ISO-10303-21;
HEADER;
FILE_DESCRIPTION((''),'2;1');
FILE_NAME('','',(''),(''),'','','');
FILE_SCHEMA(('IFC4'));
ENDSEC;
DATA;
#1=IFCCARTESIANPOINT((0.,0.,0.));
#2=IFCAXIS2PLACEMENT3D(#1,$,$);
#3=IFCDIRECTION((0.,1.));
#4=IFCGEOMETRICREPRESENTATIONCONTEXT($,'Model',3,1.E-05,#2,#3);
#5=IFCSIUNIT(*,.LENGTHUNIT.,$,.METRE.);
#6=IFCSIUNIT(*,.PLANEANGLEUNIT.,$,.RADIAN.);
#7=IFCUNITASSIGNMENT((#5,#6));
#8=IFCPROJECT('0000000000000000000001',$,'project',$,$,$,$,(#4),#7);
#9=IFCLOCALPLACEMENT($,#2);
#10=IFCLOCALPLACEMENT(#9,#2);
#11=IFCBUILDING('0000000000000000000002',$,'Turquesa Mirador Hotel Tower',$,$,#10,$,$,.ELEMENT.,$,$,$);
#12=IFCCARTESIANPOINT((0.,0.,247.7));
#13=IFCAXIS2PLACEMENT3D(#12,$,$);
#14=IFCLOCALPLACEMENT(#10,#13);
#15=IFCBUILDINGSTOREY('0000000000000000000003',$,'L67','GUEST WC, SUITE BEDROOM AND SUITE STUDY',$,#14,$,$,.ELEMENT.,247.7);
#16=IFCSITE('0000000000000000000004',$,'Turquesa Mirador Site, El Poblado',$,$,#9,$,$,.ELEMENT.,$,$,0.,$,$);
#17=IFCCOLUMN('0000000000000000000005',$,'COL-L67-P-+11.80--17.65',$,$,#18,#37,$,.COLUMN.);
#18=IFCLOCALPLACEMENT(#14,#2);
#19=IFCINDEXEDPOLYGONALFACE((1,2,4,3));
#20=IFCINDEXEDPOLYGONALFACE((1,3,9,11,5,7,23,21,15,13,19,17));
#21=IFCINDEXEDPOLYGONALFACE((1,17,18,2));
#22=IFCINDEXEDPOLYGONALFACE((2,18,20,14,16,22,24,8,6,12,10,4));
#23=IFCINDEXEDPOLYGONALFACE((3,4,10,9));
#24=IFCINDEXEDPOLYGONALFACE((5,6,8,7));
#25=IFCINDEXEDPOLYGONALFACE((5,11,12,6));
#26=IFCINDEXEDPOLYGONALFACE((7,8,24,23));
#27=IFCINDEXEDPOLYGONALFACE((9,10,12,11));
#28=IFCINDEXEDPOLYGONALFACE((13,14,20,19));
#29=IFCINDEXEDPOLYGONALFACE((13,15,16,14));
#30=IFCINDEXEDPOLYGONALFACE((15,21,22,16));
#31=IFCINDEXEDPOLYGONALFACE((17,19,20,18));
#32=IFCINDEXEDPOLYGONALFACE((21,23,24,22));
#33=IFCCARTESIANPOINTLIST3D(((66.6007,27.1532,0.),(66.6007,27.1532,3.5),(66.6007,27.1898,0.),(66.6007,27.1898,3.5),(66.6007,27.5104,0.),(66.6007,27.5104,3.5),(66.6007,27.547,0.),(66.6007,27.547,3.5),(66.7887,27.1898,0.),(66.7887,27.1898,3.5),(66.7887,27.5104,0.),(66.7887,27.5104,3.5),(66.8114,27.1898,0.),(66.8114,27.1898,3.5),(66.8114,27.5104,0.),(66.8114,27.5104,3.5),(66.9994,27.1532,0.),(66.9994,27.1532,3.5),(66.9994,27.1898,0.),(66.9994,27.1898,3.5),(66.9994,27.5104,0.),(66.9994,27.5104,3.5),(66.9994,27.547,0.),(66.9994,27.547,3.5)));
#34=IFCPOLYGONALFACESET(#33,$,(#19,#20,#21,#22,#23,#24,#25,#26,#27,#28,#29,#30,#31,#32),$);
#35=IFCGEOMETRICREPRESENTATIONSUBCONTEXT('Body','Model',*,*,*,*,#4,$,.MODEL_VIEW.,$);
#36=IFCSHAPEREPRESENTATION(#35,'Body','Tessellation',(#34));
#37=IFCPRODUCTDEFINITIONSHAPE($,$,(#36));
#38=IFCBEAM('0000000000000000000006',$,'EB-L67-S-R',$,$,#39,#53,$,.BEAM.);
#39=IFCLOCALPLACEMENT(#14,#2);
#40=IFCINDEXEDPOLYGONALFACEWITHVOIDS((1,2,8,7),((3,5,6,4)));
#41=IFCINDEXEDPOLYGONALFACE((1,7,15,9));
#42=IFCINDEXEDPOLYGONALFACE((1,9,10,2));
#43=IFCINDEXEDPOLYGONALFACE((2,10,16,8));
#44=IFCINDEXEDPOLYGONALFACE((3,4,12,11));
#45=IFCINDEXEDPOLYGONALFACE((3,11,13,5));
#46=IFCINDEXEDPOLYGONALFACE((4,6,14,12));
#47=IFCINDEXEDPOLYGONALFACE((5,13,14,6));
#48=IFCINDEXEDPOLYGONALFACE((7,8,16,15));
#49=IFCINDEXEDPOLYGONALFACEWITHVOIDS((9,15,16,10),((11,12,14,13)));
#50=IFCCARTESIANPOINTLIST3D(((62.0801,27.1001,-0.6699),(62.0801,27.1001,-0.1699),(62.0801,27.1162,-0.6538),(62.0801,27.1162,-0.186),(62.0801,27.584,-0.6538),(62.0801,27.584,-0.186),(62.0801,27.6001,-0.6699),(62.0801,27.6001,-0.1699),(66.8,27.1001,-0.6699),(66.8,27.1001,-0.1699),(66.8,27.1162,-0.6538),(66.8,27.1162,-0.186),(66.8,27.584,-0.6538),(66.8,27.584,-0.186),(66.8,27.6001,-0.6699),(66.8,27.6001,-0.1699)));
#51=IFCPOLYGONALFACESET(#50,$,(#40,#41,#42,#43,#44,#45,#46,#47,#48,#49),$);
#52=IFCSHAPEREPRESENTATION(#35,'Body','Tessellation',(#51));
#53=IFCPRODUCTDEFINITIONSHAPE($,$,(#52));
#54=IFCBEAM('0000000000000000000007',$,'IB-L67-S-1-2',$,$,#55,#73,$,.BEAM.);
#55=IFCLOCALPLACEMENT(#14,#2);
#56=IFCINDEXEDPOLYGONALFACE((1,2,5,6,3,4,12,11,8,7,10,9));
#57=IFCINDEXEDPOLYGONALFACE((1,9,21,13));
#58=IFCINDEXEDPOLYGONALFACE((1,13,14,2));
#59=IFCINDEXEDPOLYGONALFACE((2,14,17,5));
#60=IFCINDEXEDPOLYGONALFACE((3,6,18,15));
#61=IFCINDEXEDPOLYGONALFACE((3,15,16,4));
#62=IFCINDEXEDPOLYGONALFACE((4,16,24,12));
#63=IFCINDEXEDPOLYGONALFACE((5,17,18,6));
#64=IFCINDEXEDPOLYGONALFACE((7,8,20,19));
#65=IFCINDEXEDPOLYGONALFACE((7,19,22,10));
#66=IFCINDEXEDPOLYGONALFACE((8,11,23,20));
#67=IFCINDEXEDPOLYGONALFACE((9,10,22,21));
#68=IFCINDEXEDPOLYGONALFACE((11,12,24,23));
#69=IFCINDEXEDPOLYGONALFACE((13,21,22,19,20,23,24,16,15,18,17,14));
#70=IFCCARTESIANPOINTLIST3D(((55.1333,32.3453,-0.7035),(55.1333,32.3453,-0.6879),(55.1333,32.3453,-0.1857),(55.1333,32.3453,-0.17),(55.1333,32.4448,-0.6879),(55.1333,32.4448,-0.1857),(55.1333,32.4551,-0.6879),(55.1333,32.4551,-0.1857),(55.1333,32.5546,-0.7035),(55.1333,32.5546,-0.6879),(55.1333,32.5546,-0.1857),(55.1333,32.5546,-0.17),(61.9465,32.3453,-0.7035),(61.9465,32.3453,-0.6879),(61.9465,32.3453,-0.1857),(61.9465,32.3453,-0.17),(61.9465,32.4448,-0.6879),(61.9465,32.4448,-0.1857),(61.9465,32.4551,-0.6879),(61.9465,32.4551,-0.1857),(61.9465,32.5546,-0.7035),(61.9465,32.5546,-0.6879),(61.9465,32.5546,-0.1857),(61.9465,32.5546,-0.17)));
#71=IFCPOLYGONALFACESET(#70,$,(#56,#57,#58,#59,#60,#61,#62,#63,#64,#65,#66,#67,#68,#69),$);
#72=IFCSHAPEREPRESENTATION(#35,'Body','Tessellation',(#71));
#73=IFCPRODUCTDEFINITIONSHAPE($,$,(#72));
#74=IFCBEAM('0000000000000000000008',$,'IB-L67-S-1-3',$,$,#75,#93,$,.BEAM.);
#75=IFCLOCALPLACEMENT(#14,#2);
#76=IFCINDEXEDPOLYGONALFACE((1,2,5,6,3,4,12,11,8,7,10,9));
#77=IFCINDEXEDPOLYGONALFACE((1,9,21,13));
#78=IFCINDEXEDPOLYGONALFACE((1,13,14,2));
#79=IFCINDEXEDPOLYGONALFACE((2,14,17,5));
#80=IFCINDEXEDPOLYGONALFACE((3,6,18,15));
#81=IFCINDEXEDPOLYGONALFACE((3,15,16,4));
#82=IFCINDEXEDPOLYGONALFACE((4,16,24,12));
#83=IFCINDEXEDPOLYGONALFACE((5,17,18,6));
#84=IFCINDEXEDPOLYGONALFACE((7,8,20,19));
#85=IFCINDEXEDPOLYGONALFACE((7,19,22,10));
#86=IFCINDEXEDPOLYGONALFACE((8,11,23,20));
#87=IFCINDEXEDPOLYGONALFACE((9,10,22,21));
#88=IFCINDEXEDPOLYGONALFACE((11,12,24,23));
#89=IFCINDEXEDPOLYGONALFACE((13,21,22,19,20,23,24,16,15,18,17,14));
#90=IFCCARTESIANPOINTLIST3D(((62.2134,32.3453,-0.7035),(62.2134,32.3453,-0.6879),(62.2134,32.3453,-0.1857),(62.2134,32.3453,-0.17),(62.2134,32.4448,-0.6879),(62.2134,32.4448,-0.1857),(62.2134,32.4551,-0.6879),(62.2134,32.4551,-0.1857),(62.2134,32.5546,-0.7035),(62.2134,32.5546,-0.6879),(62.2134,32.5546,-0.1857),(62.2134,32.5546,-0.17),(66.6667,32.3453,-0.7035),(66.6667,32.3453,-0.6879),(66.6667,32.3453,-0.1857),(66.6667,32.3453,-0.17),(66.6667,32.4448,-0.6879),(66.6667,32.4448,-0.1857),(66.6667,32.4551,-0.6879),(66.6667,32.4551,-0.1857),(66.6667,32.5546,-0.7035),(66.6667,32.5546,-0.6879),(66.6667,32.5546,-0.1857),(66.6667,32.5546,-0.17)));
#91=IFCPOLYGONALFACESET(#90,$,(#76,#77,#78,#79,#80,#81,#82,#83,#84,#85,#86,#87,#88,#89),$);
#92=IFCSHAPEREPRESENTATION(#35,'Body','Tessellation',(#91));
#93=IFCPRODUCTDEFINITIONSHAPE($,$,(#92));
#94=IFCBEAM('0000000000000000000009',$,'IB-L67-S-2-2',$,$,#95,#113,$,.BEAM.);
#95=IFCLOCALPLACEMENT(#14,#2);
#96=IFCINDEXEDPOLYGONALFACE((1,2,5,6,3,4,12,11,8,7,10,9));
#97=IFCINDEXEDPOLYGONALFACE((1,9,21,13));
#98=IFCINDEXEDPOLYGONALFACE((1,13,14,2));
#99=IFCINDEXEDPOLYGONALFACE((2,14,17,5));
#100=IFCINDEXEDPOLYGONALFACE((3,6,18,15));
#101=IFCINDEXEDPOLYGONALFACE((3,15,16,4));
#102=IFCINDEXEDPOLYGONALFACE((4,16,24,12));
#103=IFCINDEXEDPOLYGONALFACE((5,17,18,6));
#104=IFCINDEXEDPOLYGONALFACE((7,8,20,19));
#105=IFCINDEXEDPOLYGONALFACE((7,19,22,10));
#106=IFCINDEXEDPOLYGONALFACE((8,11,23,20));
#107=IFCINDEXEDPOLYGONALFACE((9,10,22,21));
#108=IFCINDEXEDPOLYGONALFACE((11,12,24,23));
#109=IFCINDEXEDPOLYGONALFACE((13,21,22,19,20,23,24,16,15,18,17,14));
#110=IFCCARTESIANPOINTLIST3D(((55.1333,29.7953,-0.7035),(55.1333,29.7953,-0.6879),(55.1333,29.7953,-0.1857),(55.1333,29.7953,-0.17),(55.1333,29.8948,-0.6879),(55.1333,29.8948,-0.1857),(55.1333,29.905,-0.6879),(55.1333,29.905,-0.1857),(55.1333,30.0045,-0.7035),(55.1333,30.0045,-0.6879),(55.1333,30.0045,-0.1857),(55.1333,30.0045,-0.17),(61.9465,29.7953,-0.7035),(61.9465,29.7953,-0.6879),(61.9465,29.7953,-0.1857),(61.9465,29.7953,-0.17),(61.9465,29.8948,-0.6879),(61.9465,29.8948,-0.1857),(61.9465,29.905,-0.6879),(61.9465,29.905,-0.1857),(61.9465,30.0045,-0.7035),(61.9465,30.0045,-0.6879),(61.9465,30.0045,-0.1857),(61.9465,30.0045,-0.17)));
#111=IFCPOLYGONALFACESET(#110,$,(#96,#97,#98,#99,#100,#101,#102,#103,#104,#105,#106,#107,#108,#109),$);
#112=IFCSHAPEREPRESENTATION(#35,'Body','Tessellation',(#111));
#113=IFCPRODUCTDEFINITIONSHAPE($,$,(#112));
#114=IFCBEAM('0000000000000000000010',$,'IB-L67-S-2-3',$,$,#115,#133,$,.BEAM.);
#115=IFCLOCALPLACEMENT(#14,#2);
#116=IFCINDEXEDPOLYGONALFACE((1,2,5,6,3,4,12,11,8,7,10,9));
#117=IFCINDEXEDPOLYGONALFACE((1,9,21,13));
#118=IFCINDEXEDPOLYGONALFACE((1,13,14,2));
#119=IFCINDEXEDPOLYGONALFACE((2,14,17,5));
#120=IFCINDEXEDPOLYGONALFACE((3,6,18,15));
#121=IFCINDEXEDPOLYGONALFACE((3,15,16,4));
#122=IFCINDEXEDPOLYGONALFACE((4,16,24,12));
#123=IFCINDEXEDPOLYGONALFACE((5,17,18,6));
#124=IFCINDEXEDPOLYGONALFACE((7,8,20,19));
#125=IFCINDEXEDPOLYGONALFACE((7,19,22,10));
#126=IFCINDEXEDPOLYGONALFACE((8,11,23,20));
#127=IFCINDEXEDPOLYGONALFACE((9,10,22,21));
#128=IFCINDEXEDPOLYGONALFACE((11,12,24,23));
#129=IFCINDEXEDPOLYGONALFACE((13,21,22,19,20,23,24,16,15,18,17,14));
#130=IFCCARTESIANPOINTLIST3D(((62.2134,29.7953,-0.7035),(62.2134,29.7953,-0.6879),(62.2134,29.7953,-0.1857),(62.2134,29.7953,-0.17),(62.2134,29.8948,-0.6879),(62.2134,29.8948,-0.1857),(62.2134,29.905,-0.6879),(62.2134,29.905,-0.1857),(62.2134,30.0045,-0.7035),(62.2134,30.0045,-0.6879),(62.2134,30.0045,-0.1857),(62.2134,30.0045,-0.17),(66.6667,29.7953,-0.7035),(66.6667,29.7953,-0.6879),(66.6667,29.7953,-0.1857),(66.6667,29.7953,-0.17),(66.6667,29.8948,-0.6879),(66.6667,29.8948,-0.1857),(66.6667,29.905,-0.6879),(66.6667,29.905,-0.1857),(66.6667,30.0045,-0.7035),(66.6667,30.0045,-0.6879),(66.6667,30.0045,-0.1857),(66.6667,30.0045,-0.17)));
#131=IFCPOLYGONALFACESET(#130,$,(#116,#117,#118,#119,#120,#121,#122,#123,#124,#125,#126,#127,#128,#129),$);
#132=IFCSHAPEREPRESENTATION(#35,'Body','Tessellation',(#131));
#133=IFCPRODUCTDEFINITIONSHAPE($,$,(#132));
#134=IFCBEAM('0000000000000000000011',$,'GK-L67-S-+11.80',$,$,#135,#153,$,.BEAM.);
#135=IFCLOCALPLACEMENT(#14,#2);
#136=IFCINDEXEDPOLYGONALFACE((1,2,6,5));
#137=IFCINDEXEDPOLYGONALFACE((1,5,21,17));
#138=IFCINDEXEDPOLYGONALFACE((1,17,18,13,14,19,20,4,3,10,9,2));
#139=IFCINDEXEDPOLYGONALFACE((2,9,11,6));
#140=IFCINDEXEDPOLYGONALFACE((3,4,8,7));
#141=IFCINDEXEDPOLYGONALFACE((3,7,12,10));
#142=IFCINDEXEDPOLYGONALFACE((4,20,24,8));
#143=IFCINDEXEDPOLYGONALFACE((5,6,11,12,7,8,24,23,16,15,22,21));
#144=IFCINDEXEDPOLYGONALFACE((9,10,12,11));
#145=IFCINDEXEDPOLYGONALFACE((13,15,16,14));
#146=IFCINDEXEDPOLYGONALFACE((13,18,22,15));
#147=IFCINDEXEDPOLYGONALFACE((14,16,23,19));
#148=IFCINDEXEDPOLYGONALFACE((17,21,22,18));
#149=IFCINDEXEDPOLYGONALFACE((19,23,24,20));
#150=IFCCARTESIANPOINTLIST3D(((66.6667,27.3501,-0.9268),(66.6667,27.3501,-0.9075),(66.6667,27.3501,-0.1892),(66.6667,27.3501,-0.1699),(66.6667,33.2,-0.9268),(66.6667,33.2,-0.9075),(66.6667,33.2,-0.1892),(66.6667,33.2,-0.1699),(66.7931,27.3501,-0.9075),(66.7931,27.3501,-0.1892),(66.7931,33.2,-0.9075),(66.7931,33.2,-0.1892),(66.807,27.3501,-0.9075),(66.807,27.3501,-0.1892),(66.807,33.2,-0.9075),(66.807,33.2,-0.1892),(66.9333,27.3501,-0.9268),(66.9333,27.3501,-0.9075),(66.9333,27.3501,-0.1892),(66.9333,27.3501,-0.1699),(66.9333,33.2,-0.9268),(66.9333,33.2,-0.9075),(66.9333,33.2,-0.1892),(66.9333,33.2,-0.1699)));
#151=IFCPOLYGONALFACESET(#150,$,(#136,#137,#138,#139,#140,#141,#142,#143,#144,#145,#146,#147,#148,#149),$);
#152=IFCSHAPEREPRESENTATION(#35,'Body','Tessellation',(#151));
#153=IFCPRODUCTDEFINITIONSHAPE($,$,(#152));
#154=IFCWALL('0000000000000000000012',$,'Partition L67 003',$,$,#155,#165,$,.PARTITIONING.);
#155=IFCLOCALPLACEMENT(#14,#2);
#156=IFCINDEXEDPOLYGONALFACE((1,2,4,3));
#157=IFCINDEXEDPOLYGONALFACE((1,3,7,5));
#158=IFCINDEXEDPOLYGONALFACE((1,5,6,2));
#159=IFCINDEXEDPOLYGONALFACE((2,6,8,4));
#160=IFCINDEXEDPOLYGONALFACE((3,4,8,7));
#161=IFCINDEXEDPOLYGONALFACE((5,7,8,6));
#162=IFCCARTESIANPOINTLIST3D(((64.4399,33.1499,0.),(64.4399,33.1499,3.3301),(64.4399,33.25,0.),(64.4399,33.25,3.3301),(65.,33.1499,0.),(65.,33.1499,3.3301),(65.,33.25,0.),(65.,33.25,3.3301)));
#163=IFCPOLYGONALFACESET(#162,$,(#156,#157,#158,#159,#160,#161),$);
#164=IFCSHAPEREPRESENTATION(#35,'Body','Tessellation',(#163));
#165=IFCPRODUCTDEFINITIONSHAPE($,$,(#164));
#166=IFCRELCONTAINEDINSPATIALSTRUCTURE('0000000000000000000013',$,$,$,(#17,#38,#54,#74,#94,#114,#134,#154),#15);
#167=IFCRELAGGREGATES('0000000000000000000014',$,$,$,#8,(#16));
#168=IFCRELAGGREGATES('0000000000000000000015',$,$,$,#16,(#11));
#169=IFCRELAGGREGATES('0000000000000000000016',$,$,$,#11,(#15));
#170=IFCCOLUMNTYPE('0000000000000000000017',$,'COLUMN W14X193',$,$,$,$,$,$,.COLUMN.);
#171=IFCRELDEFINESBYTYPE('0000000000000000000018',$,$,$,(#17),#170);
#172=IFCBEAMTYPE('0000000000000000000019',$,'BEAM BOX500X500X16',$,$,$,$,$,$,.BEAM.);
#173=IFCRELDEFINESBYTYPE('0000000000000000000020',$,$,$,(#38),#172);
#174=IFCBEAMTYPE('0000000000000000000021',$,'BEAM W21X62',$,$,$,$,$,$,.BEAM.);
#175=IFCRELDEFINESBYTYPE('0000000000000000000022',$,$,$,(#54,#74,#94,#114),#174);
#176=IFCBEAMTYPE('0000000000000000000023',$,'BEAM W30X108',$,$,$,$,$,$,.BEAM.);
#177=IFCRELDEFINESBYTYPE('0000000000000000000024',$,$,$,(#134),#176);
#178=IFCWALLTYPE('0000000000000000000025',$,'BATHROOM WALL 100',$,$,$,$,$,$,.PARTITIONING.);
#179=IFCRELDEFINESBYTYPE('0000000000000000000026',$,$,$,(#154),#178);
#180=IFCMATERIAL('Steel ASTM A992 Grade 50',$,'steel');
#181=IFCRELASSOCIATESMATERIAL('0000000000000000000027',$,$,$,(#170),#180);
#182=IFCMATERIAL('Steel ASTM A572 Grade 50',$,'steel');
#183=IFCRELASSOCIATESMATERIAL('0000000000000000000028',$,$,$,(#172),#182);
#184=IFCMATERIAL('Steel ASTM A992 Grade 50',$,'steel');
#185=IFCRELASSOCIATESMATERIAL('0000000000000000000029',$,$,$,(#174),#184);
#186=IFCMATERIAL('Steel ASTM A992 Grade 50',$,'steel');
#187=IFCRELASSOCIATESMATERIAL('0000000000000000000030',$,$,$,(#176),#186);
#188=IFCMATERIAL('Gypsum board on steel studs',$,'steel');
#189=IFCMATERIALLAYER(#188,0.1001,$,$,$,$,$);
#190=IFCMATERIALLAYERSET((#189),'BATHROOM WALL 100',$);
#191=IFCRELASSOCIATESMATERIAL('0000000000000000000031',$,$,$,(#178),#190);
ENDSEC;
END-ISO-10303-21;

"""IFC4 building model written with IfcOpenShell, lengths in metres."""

from ifc_helpers import new_model, si_unit, direction, frame, frame_2d, origin, origin_2d, place, context, subcontext, project, spatial, rectangle, hollow_rectangle, i_section, extrude, material, layer, layer_set, material_profile, profile_set, type_object, element, save


model = new_model("IFC4")

# Units and contexts
model_context = context("Model", 3, precision=1e-05, world=origin(), true_north=direction((0.0, 1.0)))
body_context = subcontext(model_context, "Body", "Model", "MODEL_VIEW")
ifc_project = project(units=[si_unit("LENGTHUNIT", "METRE"), si_unit("PLANEANGLEUNIT", "RADIAN")], contexts=[model_context])

# Site, building, storey
site_placement = place(None, origin())
site = spatial("IfcSite", under=ifc_project, at=site_placement, Name="Turquesa Mirador Site, El Poblado", CompositionType="ELEMENT", RefElevation=0.0)
building_placement = place(site_placement, origin())
building = spatial("IfcBuilding", under=site, at=building_placement, Name="Turquesa Mirador Hotel Tower", CompositionType="ELEMENT")
storey_placement = place(building_placement, frame((0.0, 0.0, 247.7)))
storey = spatial("IfcBuildingStorey", under=building, at=storey_placement, Name="L67", Description="GUEST WC, SUITE BEDROOM AND SUITE STUDY", CompositionType="ELEMENT", Elevation=247.7)

# Column
ifc_material_1 = material(Name="Steel ASTM A992 Grade 50", Category="steel")
ifc_material_profile_1 = material_profile(ifc_material_1, i_section(OverallWidth=0.3987, OverallDepth=0.3938, WebThickness=0.0227, FlangeThickness=0.0366, at=origin_2d()), Name="W14X193")
ifc_profile_set_1 = profile_set([ifc_material_profile_1], Name="Steel ASTM A992 Grade 50")
column_type = type_object("IfcColumnType", Name="COLUMN W14X193", PredefinedType="COLUMN", material=ifc_profile_set_1)
column_placement = place(storey_placement, frame((66.8, 27.3501, 0.0), z_axis=(0.0, 0.0, 1.0), x_axis=(1.0, 0.0, 0.0)))
element("IfcColumn", 1, at=column_placement, inside=storey, type_object=column_type, Name="COL-L67-P-+11.80--17.65", PredefinedType="COLUMN", context=body_context, shape_type="SweptSolid", body=[
    extrude(i_section(OverallWidth=0.3987, OverallDepth=0.3938, WebThickness=0.0227, FlangeThickness=0.0366, at=origin_2d()), origin(), (0.0, 0.0, 1.0), 3.5),
])

# Beams
ifc_material_2 = material(Name="Steel ASTM A572 Grade 50", Category="steel")
ifc_material_profile_2 = material_profile(ifc_material_2, hollow_rectangle(XDim=0.5, YDim=0.5, WallThickness=0.0161, at=origin_2d()), Name="BOX500X500X16")
ifc_profile_set_2 = profile_set([ifc_material_profile_2], Name="Steel ASTM A572 Grade 50")
beam_type_1 = type_object("IfcBeamType", Name="BEAM BOX500X500X16", PredefinedType="BEAM", material=ifc_profile_set_2)
beam_1_placement = place(storey_placement, frame((62.0801, 27.3501, -0.4199), z_axis=(1.0, 0.0, 0.0), x_axis=(0.0, 1.0, 0.0)))
element("IfcBeam", 2, at=beam_1_placement, inside=storey, type_object=beam_type_1, Name="EB-L67-S-R", PredefinedType="BEAM", context=body_context, shape_type="SweptSolid", body=[
    extrude(hollow_rectangle(XDim=0.5, YDim=0.5, WallThickness=0.0161, at=origin_2d()), origin(), (0.0, 0.0, 1.0), 4.72),
])
ifc_material_3 = material(Name="Steel ASTM A992 Grade 50", Category="steel")
ifc_material_profile_3 = material_profile(ifc_material_3, i_section(OverallWidth=0.2092, OverallDepth=0.5334, WebThickness=0.0103, FlangeThickness=0.0156, at=origin_2d()), Name="W21X62")
ifc_profile_set_3 = profile_set([ifc_material_profile_3], Name="Steel ASTM A992 Grade 50")
beam_type_2 = type_object("IfcBeamType", Name="BEAM W21X62", PredefinedType="BEAM", material=ifc_profile_set_3)
beam_2_placement = place(storey_placement, frame((55.1333, 32.45, -0.4368), z_axis=(1.0, 0.0, 0.0), x_axis=(0.0, 1.0, 0.0)))
element("IfcBeam", 3, at=beam_2_placement, inside=storey, type_object=beam_type_2, Name="IB-L67-S-1-2", PredefinedType="BEAM", context=body_context, shape_type="SweptSolid", body=[
    extrude(i_section(OverallWidth=0.2092, OverallDepth=0.5334, WebThickness=0.0103, FlangeThickness=0.0156, at=origin_2d()), origin(), (0.0, 0.0, 1.0), 6.8132),
])
beam_3_placement = place(storey_placement, frame((62.2134, 32.45, -0.4368), z_axis=(1.0, 0.0, 0.0), x_axis=(0.0, 1.0, 0.0)))
element("IfcBeam", 4, at=beam_3_placement, inside=storey, type_object=beam_type_2, Name="IB-L67-S-1-3", PredefinedType="BEAM", context=body_context, shape_type="SweptSolid", body=[
    extrude(i_section(OverallWidth=0.2092, OverallDepth=0.5334, WebThickness=0.0103, FlangeThickness=0.0156, at=origin_2d()), origin(), (0.0, 0.0, 1.0), 4.4534),
])
beam_4_placement = place(storey_placement, frame((55.1333, 29.8999, -0.4368), z_axis=(1.0, 0.0, 0.0), x_axis=(0.0, 1.0, 0.0)))
element("IfcBeam", 5, at=beam_4_placement, inside=storey, type_object=beam_type_2, Name="IB-L67-S-2-2", PredefinedType="BEAM", context=body_context, shape_type="SweptSolid", body=[
    extrude(i_section(OverallWidth=0.2092, OverallDepth=0.5334, WebThickness=0.0103, FlangeThickness=0.0156, at=origin_2d()), origin(), (0.0, 0.0, 1.0), 6.8132),
])
beam_5_placement = place(storey_placement, frame((62.2134, 29.8999, -0.4368), z_axis=(1.0, 0.0, 0.0), x_axis=(0.0, 1.0, 0.0)))
element("IfcBeam", 6, at=beam_5_placement, inside=storey, type_object=beam_type_2, Name="IB-L67-S-2-3", PredefinedType="BEAM", context=body_context, shape_type="SweptSolid", body=[
    extrude(i_section(OverallWidth=0.2092, OverallDepth=0.5334, WebThickness=0.0103, FlangeThickness=0.0156, at=origin_2d()), origin(), (0.0, 0.0, 1.0), 4.4534),
])
ifc_material_4 = material(Name="Steel ASTM A992 Grade 50", Category="steel")
ifc_material_profile_4 = material_profile(ifc_material_4, i_section(OverallWidth=0.2666, OverallDepth=0.7568, WebThickness=0.0139, FlangeThickness=0.0193, at=origin_2d()), Name="W30X108")
ifc_profile_set_4 = profile_set([ifc_material_profile_4], Name="Steel ASTM A992 Grade 50")
beam_type_3 = type_object("IfcBeamType", Name="BEAM W30X108", PredefinedType="BEAM", material=ifc_profile_set_4)
beam_6_placement = place(storey_placement, frame((66.8, 27.3501, -0.5483), z_axis=(0.0, 1.0, 0.0), x_axis=(-1.0, 0.0, 0.0)))
element("IfcBeam", 7, at=beam_6_placement, inside=storey, type_object=beam_type_3, Name="GK-L67-S-+11.80", PredefinedType="BEAM", context=body_context, shape_type="SweptSolid", body=[
    extrude(i_section(OverallWidth=0.2666, OverallDepth=0.7568, WebThickness=0.0139, FlangeThickness=0.0193, at=origin_2d()), origin(), (0.0, 0.0, 1.0), 5.8499),
])

# Wall
ifc_material_5 = material(Name="Gypsum board on steel studs", Category="steel")
ifc_layer_1 = layer(ifc_material_5, 0.1001)
ifc_layer_set_1 = layer_set([ifc_layer_1], Name="BATHROOM WALL 100")
wall_type_1 = type_object("IfcWallType", Name="BATHROOM WALL 100", PredefinedType="PARTITIONING", material=ifc_layer_set_1)
wall_1_placement = place(storey_placement, frame((64.4399, 33.2, 0.0), z_axis=(0.0, 0.0, 1.0), x_axis=(1.0, 0.0, 0.0)))
element("IfcWall", 8, at=wall_1_placement, inside=storey, type_object=wall_type_1, Name="Partition L67 003", PredefinedType="PARTITIONING", context=body_context, shape_type="SweptSolid", body=[
    extrude(rectangle(XDim=0.5601, YDim=0.1001, at=frame_2d((0.28, 0.0))), origin(), (0.0, 0.0, 1.0), 3.3301),
])

save(model, "model.ifc")
